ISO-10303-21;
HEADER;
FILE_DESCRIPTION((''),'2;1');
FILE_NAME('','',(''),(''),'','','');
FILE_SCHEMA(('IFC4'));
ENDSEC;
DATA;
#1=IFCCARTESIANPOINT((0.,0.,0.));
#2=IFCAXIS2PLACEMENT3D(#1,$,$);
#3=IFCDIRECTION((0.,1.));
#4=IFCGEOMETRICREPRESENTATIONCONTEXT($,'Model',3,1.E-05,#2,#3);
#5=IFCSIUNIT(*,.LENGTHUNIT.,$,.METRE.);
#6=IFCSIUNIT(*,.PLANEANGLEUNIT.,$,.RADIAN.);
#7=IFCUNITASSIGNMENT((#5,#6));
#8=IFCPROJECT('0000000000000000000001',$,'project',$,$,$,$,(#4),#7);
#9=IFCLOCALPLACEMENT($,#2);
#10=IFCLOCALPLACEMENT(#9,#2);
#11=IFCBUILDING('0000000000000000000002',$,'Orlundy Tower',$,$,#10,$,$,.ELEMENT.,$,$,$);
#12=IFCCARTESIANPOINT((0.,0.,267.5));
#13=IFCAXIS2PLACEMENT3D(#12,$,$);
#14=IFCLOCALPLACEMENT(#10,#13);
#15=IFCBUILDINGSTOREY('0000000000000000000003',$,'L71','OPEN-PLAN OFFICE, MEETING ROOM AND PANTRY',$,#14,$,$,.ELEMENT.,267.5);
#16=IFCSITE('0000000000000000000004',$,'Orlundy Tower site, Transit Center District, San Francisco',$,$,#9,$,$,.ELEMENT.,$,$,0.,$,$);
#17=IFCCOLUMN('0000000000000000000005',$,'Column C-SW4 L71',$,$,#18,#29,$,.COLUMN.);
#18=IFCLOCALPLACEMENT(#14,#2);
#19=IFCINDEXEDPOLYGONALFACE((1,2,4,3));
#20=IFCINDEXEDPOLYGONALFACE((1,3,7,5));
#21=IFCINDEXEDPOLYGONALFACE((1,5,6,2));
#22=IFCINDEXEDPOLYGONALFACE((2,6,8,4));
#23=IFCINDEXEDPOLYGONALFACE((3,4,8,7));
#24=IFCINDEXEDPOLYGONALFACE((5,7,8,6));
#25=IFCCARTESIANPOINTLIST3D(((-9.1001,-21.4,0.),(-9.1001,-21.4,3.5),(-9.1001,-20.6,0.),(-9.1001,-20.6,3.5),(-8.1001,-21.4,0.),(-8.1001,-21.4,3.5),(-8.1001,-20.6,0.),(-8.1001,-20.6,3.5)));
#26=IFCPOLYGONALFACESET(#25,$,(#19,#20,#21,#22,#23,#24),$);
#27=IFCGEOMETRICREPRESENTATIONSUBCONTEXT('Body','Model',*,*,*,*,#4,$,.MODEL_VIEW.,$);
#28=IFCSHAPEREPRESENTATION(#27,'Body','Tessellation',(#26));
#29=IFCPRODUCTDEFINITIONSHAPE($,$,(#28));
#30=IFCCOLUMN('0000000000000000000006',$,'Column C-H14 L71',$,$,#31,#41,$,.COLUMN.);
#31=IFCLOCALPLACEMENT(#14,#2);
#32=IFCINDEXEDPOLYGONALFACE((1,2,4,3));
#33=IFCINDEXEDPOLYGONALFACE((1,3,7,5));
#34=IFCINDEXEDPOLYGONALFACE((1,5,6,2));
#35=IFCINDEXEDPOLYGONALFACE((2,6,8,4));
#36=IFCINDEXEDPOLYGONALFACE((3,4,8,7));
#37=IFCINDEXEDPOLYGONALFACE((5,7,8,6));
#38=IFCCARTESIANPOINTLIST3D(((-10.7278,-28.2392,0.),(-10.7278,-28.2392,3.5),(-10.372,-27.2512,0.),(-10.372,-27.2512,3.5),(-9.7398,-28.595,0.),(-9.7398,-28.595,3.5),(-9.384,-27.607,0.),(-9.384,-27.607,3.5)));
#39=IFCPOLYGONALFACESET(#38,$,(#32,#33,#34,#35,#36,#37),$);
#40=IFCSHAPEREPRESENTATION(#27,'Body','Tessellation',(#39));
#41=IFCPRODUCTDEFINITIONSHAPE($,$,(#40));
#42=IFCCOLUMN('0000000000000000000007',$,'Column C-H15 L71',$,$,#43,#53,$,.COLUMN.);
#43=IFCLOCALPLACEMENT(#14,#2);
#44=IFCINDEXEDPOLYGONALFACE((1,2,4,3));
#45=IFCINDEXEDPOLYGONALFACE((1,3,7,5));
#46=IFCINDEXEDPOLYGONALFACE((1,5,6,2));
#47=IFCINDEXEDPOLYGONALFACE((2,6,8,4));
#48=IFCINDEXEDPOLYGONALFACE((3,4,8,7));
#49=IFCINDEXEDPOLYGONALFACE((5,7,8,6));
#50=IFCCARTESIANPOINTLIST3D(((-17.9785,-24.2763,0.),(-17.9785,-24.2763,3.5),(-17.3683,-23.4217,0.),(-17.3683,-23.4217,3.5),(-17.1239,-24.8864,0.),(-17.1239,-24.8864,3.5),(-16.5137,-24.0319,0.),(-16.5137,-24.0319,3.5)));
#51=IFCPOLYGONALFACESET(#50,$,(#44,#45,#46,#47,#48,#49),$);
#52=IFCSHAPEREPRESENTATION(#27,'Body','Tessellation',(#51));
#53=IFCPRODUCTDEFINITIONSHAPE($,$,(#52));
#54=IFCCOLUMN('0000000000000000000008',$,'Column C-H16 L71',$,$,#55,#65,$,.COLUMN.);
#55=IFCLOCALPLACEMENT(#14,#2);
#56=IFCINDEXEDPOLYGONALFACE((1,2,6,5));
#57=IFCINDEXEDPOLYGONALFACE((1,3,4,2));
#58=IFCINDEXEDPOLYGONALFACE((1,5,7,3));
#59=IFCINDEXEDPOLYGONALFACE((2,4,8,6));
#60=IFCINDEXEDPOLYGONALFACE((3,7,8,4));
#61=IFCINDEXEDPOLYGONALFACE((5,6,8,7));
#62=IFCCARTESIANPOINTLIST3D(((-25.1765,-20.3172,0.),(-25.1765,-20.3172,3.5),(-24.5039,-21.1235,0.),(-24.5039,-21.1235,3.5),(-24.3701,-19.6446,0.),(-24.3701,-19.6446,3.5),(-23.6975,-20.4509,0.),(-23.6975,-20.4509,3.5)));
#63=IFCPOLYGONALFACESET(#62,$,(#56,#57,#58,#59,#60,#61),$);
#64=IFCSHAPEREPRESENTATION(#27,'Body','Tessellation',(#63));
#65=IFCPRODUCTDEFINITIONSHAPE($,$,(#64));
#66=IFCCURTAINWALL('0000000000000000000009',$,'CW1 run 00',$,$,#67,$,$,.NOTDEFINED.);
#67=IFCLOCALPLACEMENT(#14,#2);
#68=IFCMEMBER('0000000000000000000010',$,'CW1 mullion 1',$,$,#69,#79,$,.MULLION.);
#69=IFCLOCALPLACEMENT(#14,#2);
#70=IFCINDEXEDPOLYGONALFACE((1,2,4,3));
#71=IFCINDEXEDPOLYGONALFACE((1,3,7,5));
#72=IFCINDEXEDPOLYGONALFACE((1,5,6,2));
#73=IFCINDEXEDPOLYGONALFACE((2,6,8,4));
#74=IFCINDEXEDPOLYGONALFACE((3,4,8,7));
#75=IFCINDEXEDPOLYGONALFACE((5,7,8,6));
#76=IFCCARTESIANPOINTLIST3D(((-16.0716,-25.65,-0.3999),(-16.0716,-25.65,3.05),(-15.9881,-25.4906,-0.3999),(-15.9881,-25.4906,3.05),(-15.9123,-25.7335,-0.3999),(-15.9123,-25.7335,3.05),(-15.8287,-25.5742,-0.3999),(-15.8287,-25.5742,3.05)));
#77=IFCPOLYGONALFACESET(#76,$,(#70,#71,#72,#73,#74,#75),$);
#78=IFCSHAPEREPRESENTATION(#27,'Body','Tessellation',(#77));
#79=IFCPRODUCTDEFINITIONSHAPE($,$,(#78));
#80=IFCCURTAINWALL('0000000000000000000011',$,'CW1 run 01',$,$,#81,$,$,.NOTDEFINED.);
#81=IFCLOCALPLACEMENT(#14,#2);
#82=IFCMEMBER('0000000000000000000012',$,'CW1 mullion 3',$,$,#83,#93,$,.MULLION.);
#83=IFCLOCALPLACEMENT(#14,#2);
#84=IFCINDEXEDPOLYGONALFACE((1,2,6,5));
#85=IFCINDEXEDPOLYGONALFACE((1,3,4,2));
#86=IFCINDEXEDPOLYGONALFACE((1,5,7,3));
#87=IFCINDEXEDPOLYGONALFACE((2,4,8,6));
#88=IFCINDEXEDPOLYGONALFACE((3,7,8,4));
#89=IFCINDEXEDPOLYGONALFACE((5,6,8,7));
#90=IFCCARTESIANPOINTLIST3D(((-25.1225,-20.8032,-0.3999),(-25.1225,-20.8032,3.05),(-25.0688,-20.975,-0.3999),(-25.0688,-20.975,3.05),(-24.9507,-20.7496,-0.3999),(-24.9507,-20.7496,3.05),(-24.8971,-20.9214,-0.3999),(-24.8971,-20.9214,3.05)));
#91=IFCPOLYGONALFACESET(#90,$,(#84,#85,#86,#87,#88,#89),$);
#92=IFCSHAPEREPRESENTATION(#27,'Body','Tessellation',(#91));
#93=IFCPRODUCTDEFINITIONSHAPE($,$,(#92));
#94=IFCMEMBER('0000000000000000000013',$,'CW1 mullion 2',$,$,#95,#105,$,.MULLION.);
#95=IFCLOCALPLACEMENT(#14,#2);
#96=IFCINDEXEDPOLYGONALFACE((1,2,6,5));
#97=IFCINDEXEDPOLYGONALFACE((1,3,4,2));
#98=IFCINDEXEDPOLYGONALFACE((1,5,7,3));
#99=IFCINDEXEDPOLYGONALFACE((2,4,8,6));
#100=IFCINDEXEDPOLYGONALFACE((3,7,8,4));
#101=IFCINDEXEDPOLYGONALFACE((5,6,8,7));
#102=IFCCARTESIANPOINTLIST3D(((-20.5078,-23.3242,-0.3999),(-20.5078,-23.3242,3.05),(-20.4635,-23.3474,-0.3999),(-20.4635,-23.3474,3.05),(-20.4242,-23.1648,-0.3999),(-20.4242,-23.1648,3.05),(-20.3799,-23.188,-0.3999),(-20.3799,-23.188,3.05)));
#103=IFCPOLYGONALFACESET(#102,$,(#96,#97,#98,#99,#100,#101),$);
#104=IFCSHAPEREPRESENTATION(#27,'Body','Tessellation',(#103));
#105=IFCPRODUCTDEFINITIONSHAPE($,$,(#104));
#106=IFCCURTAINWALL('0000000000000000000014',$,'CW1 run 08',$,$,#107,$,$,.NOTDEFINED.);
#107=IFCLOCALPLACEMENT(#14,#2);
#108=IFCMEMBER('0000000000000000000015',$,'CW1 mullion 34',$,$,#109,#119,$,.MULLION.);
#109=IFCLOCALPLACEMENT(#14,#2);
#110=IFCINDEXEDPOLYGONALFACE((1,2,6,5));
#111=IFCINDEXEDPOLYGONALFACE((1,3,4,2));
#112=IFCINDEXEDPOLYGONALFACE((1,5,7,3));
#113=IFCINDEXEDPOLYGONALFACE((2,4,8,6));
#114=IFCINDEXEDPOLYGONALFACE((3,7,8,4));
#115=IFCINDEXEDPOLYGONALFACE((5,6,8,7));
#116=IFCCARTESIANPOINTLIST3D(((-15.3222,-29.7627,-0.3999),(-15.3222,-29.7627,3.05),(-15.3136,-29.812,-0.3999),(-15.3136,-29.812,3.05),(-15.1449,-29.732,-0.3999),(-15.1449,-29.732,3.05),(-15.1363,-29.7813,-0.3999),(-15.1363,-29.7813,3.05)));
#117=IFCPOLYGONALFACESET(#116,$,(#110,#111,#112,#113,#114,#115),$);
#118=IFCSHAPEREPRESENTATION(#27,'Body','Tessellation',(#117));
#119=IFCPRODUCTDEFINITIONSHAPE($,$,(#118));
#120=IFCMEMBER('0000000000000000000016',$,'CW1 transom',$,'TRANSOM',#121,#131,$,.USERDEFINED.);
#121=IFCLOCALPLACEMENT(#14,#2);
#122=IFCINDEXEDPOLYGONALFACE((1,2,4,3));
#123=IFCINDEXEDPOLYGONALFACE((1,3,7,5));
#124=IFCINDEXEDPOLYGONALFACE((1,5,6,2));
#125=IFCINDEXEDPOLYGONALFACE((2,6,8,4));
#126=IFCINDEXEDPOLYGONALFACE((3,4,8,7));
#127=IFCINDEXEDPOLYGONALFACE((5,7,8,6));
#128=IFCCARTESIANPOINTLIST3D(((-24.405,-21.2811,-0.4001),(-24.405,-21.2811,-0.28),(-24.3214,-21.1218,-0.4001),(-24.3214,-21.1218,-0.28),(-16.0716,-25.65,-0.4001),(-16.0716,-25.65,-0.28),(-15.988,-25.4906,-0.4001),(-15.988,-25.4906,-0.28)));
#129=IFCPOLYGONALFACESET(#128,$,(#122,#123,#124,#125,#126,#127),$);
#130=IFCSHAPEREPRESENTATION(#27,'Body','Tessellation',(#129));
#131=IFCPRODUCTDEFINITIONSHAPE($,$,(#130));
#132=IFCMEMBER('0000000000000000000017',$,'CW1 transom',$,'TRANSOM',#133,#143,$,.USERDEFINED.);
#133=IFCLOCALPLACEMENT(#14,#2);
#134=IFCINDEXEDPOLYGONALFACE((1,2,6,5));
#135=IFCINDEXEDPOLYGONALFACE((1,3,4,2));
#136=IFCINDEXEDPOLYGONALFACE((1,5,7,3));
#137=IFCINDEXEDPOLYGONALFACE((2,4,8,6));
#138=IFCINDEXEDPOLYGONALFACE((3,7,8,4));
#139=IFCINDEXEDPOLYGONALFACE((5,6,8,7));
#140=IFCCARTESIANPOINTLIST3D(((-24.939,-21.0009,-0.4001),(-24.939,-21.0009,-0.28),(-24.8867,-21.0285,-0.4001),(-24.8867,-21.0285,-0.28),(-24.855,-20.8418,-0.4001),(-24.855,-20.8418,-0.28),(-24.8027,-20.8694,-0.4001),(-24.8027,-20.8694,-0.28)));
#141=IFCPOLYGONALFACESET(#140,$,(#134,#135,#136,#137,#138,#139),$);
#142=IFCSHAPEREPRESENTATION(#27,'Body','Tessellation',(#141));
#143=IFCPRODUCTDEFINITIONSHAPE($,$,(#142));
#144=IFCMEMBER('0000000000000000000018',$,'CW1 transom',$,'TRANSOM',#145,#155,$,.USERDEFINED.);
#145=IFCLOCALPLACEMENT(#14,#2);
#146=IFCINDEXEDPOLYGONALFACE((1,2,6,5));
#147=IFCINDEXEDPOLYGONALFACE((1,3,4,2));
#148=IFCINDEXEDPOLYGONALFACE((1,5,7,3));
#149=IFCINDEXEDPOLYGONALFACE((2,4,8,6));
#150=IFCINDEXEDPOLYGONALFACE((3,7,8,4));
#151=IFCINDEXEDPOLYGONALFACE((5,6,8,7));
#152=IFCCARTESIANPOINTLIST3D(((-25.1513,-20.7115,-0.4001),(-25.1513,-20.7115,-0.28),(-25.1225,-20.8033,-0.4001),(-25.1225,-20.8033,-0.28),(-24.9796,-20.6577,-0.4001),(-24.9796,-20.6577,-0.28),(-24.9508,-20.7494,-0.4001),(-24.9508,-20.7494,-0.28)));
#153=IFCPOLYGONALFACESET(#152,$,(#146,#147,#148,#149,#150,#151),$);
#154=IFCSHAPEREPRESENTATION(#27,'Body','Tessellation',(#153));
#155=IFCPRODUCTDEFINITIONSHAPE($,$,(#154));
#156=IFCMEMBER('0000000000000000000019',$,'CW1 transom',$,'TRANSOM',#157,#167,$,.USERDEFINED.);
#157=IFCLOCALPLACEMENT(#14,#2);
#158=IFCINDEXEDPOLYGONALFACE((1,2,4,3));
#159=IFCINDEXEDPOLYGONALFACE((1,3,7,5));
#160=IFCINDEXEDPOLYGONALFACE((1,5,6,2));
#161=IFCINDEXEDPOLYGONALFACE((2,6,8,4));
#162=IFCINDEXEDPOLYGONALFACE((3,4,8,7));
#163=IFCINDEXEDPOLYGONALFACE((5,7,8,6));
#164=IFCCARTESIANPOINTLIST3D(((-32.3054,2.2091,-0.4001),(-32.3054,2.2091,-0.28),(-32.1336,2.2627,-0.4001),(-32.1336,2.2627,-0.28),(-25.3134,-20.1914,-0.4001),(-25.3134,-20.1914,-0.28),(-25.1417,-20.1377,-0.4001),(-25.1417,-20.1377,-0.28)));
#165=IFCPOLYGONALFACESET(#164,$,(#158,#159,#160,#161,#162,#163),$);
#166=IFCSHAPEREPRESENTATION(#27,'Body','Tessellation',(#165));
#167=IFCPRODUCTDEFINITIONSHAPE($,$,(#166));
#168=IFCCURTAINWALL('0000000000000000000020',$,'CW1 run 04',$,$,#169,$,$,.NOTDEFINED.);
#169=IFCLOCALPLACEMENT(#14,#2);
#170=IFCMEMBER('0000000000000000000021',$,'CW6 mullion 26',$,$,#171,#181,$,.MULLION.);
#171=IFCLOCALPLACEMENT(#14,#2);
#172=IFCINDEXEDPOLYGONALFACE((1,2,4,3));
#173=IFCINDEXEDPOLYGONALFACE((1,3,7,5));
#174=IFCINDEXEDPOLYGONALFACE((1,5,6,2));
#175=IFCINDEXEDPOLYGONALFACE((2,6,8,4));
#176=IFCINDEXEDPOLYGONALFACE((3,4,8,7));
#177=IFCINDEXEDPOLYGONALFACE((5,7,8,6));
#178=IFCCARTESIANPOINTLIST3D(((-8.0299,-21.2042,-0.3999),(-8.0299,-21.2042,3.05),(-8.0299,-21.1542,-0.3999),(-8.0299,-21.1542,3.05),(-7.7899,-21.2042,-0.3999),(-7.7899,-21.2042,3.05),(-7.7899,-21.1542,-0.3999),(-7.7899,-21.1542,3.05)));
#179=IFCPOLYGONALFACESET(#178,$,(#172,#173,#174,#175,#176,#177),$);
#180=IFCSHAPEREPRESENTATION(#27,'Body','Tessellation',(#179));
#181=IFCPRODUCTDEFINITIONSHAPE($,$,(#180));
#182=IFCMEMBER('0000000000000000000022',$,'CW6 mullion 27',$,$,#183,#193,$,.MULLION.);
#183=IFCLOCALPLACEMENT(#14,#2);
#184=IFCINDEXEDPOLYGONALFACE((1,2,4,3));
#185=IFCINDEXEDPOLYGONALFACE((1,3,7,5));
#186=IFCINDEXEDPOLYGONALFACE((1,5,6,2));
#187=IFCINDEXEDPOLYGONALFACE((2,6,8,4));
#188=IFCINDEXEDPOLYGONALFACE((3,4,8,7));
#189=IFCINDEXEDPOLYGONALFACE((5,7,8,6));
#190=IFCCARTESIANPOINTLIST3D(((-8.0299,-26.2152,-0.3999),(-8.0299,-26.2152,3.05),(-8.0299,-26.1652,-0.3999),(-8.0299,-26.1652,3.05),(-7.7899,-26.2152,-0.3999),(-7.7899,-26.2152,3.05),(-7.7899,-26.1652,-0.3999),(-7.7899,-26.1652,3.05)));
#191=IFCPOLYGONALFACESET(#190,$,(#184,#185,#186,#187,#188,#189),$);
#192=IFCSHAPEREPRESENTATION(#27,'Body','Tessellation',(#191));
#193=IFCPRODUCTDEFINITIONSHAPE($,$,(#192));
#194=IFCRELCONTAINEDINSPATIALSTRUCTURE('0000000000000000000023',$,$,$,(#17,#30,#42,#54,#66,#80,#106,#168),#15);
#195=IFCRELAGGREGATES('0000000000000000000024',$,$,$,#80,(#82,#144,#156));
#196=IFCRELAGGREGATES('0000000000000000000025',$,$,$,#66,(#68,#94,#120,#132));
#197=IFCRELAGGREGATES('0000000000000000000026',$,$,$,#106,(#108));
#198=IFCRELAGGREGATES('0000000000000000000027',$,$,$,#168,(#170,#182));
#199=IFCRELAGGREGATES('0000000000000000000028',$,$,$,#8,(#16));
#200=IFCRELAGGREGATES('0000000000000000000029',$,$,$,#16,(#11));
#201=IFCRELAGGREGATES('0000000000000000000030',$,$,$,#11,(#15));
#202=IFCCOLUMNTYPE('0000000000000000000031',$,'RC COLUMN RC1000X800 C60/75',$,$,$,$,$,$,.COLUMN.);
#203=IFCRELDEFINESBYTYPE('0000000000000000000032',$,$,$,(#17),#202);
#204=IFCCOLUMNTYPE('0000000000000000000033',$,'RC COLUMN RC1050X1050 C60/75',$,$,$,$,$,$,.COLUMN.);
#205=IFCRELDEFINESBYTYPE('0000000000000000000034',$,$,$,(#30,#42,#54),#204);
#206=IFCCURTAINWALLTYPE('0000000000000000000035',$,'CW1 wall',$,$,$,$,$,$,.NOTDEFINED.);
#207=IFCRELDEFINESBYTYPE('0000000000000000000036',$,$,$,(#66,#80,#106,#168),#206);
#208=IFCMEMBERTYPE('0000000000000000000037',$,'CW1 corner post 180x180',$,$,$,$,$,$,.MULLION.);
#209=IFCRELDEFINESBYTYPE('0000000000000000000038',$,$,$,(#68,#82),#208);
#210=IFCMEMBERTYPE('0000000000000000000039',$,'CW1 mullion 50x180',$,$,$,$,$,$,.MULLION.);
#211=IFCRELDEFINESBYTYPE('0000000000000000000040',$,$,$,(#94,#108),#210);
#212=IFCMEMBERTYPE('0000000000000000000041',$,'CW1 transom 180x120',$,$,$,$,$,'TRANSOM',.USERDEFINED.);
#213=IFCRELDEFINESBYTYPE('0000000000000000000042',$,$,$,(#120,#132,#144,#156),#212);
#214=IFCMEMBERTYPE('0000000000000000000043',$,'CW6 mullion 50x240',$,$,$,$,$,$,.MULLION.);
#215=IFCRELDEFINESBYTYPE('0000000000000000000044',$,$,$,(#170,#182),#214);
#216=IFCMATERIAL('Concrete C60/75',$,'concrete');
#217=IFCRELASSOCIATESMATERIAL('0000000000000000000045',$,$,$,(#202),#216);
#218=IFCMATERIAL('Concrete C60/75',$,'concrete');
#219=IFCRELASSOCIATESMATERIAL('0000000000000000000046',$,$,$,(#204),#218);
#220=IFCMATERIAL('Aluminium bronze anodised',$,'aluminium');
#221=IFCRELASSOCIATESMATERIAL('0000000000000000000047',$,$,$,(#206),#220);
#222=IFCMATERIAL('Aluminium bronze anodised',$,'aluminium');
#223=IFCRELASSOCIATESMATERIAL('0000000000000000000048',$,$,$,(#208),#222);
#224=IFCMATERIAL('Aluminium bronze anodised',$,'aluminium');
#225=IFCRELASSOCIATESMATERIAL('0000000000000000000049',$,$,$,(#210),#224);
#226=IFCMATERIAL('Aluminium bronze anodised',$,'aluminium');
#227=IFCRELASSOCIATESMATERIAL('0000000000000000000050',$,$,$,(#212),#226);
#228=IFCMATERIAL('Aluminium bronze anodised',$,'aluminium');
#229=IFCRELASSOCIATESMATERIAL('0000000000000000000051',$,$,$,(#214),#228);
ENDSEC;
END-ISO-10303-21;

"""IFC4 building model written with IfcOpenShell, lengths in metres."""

from ifc_helpers import new_model, si_unit, direction, frame, origin, origin_2d, place, context, subcontext, project, spatial, rectangle, extrude, material, material_profile, profile_set, type_object, element, aggregate, save


model = new_model("IFC4")

# Units and contexts
model_context = context("Model", 3, precision=1e-05, world=origin(), true_north=direction((0.0, 1.0)))
body_context = subcontext(model_context, "Body", "Model", "MODEL_VIEW")
ifc_project = project(units=[si_unit("LENGTHUNIT", "METRE"), si_unit("PLANEANGLEUNIT", "RADIAN")], contexts=[model_context])

# Site, building, storey
site_placement = place(None, origin())
site = spatial("IfcSite", under=ifc_project, at=site_placement, Name="Orlundy Tower site, Transit Center District, San Francisco", CompositionType="ELEMENT", RefElevation=0.0)
building_placement = place(site_placement, origin())
building = spatial("IfcBuilding", under=site, at=building_placement, Name="Orlundy Tower", CompositionType="ELEMENT")
storey_placement = place(building_placement, frame((0.0, 0.0, 267.5)))
storey = spatial("IfcBuildingStorey", under=building, at=storey_placement, Name="L71", Description="OPEN-PLAN OFFICE, MEETING ROOM AND PANTRY", CompositionType="ELEMENT", Elevation=267.5)

# Columns
ifc_material_1 = material(Name="Concrete C60/75", Category="concrete")
ifc_material_profile_1 = material_profile(ifc_material_1, rectangle(XDim=1.0, YDim=0.8, at=origin_2d()), Name="RC1000X800")
ifc_profile_set_1 = profile_set([ifc_material_profile_1], Name="Concrete C60/75")
column_type_1 = type_object("IfcColumnType", Name="RC COLUMN RC1000X800 C60/75", PredefinedType="COLUMN", material=ifc_profile_set_1)
column_placement = place(storey_placement, frame((-8.6001, -21.0, 0.0), z_axis=(0.0, 0.0, 1.0), x_axis=(1.0, 0.0, 0.0)))
element("IfcColumn", 1, at=column_placement, inside=storey, type_object=column_type_1, Name="Column C-SW4 L71", PredefinedType="COLUMN", context=body_context, shape_type="SweptSolid", body=[
    extrude(rectangle(XDim=1.0, YDim=0.8, at=origin_2d()), origin(), (0.0, 0.0, 1.0), 3.5),
])
ifc_material_2 = material(Name="Concrete C60/75", Category="concrete")
ifc_material_profile_2 = material_profile(ifc_material_2, rectangle(XDim=1.05, YDim=1.05, at=origin_2d()), Name="RC1050X1050")
ifc_profile_set_2 = profile_set([ifc_material_profile_2], Name="Concrete C60/75")
column_type_2 = type_object("IfcColumnType", Name="RC COLUMN RC1050X1050 C60/75", PredefinedType="COLUMN", material=ifc_profile_set_2)
for number, where, z_axis, x_axis, name in (
    (2, (-10.0559, -27.9231, 0.0), (0.0, 0.0, 1.0), (-0.338836, -0.940845, 0.0), "Column C-H14 L71"),
    (3, (-17.2461, -24.1541, 0.0), (0.0, 0.0, 1.0), (-0.581087, -0.813842, 0.0), "Column C-H15 L71"),
    (4, (-24.437, -20.384, 0.0), (0.0, 0.0, 1.0), (-0.767915, -0.640552, 0.0), "Column C-H16 L71"),
):
    element("IfcColumn", number, at=place(storey_placement, frame(where, z_axis=z_axis, x_axis=x_axis)), inside=storey, type_object=column_type_2, Name=name, PredefinedType="COLUMN", context=body_context, shape_type="SweptSolid", body=[
        extrude(rectangle(XDim=1.05, YDim=1.05, at=origin_2d()), origin(), (0.0, 0.0, 1.0), 3.5),
    ])

# Curtain walls, members
ifc_material_3 = material(Name="Aluminium bronze anodised", Category="aluminium")
curtain_wall_type = type_object("IfcCurtainWallType", Name="CW1 wall", PredefinedType="NOTDEFINED", material=ifc_material_3)
curtain_wall_1_placement = place(storey_placement, origin())
curtain_wall_1 = element("IfcCurtainWall", 5, at=curtain_wall_1_placement, inside=storey, type_object=curtain_wall_type, Name="CW1 run 00", PredefinedType="NOTDEFINED")
ifc_material_4 = material(Name="Aluminium bronze anodised", Category="aluminium")
ifc_material_profile_3 = material_profile(ifc_material_4, rectangle(XDim=0.1799, YDim=0.1799, at=origin_2d()), Name="CW1 corner post 180x180")
ifc_profile_set_3 = profile_set([ifc_material_profile_3], Name="Aluminium bronze anodised")
member_type_1 = type_object("IfcMemberType", Name="CW1 corner post 180x180", PredefinedType="MULLION", material=ifc_profile_set_3)
member_1_placement = place(storey_placement, frame((-15.9502, -25.6121, -0.3999), z_axis=(0.0, 0.0, 1.0), x_axis=(-0.464325, -0.885665, 0.0)))
member_1 = element("IfcMember", 6, at=member_1_placement, type_object=member_type_1, Name="CW1 mullion 1", PredefinedType="MULLION", context=body_context, shape_type="SweptSolid", body=[
    extrude(rectangle(XDim=0.1799, YDim=0.1799, at=origin_2d()), origin(), (0.0, 0.0, 1.0), 3.45),
])
curtain_wall_2_placement = place(storey_placement, origin())
curtain_wall_2 = element("IfcCurtainWall", 7, at=curtain_wall_2_placement, inside=storey, type_object=curtain_wall_type, Name="CW1 run 01", PredefinedType="NOTDEFINED")
member_2_placement = place(storey_placement, frame((-25.0098, -20.8623, -0.3999), z_axis=(0.0, 0.0, 1.0), x_axis=(-0.95458, -0.297954, 0.0)))
member_2 = element("IfcMember", 8, at=member_2_placement, type_object=member_type_1, Name="CW1 mullion 3", PredefinedType="MULLION", context=body_context, shape_type="SweptSolid", body=[
    extrude(rectangle(XDim=0.1799, YDim=0.1799, at=origin_2d()), origin(), (0.0, 0.0, 1.0), 3.45),
])

# Member
ifc_material_5 = material(Name="Aluminium bronze anodised", Category="aluminium")
ifc_material_profile_4 = material_profile(ifc_material_5, rectangle(XDim=0.1799, YDim=0.05, at=origin_2d()), Name="CW1 mullion 50x180")
ifc_profile_set_4 = profile_set([ifc_material_profile_4], Name="Aluminium bronze anodised")
member_type_2 = type_object("IfcMemberType", Name="CW1 mullion 50x180", PredefinedType="MULLION", material=ifc_profile_set_4)
member_3_placement = place(storey_placement, frame((-20.4438, -23.2561, -0.3999), z_axis=(0.0, 0.0, 1.0), x_axis=(-0.464325, -0.885665, 0.0)))
member_3 = element("IfcMember", 9, at=member_3_placement, type_object=member_type_2, Name="CW1 mullion 2", PredefinedType="MULLION", context=body_context, shape_type="SweptSolid", body=[
    extrude(rectangle(XDim=0.1799, YDim=0.05, at=origin_2d()), origin(), (0.0, 0.0, 1.0), 3.45),
])

# Curtain wall, member
curtain_wall_3_placement = place(storey_placement, origin())
curtain_wall_3 = element("IfcCurtainWall", 10, at=curtain_wall_3_placement, inside=storey, type_object=curtain_wall_type, Name="CW1 run 08", PredefinedType="NOTDEFINED")
member_4_placement = place(storey_placement, frame((-15.2292, -29.772, -0.3999), z_axis=(0.0, 0.0, 1.0), x_axis=(-0.985312, -0.170762, 0.0)))
member_4 = element("IfcMember", 11, at=member_4_placement, type_object=member_type_2, Name="CW1 mullion 34", PredefinedType="MULLION", context=body_context, shape_type="SweptSolid", body=[
    extrude(rectangle(XDim=0.1799, YDim=0.05, at=origin_2d()), origin(), (0.0, 0.0, 1.0), 3.45),
])

# Members
ifc_material_6 = material(Name="Aluminium bronze anodised", Category="aluminium")
ifc_material_profile_5 = material_profile(ifc_material_6, rectangle(XDim=0.1799, YDim=0.1201, at=origin_2d()), Name="CW1 transom 180x120")
ifc_profile_set_5 = profile_set([ifc_material_profile_5], Name="Aluminium bronze anodised")
member_type_3 = type_object("IfcMemberType", Name="CW1 transom 180x120", ElementType="TRANSOM", PredefinedType="USERDEFINED", material=ifc_profile_set_5)
member_5_placement = place(storey_placement, frame((-16.0298, -25.5703, -0.3401), z_axis=(-0.885668, 0.464318, 0.0), x_axis=(-0.464318, -0.885668, 0.0)))
member_5 = element("IfcMember", 12, at=member_5_placement, type_object=member_type_3, Name="CW1 transom", ObjectType="TRANSOM", PredefinedType="USERDEFINED", context=body_context, shape_type="SweptSolid", body=[
    extrude(rectangle(XDim=0.1799, YDim=0.1201, at=origin_2d()), origin(), (0.0, 0.0, 1.0), 9.4092),
])
member_6_placement = place(storey_placement, frame((-24.8447, -20.949, -0.3401), z_axis=(-0.88429, 0.466938, 0.0), x_axis=(-0.466938, -0.88429, 0.0)))
member_6 = element("IfcMember", 13, at=member_6_placement, type_object=member_type_3, Name="CW1 transom", ObjectType="TRANSOM", PredefinedType="USERDEFINED", context=body_context, shape_type="SweptSolid", body=[
    extrude(rectangle(XDim=0.1799, YDim=0.1201, at=origin_2d()), origin(), (0.0, 0.0, 1.0), 0.0591),
])
member_7_placement = place(storey_placement, frame((-25.0366, -20.7764, -0.3401), z_axis=(-0.299431, 0.954118, 0.0), x_axis=(-0.954118, -0.299431, 0.0)))
member_7 = element("IfcMember", 14, at=member_7_placement, type_object=member_type_3, Name="CW1 transom", ObjectType="TRANSOM", PredefinedType="USERDEFINED", context=body_context, shape_type="SweptSolid", body=[
    extrude(rectangle(XDim=0.1799, YDim=0.1201, at=origin_2d()), origin(), (0.0, 0.0, 1.0), 0.0962),
])
member_8_placement = place(storey_placement, frame((-25.2275, -20.1646, -0.3401), z_axis=(-0.297957, 0.954579, 0.0), x_axis=(-0.954579, -0.297957, 0.0)))
member_8 = element("IfcMember", 15, at=member_8_placement, type_object=member_type_3, Name="CW1 transom", ObjectType="TRANSOM", PredefinedType="USERDEFINED", context=body_context, shape_type="SweptSolid", body=[
    extrude(rectangle(XDim=0.1799, YDim=0.1201, at=origin_2d()), origin(), (0.0, 0.0, 1.0), 23.4663),
])
aggregate(curtain_wall_2, [member_2, member_7, member_8])

# Curtain wall, members
curtain_wall_4_placement = place(storey_placement, origin())
curtain_wall_4 = element("IfcCurtainWall", 16, at=curtain_wall_4_placement, inside=storey, type_object=curtain_wall_type, Name="CW1 run 04", PredefinedType="NOTDEFINED")
ifc_material_7 = material(Name="Aluminium bronze anodised", Category="aluminium")
ifc_material_profile_6 = material_profile(ifc_material_7, rectangle(XDim=0.24, YDim=0.05, at=origin_2d()), Name="CW6 mullion 50x240")
ifc_profile_set_6 = profile_set([ifc_material_profile_6], Name="Aluminium bronze anodised")
member_type_4 = type_object("IfcMemberType", Name="CW6 mullion 50x240", PredefinedType="MULLION", material=ifc_profile_set_6)
member_9_placement = place(storey_placement, frame((-7.9099, -21.1792, -0.3999), z_axis=(0.0, 0.0, 1.0), x_axis=(1.0, 0.0, 0.0)))
member_9 = element("IfcMember", 17, at=member_9_placement, type_object=member_type_4, Name="CW6 mullion 26", PredefinedType="MULLION", context=body_context, shape_type="SweptSolid", body=[
    extrude(rectangle(XDim=0.24, YDim=0.05, at=origin_2d()), origin(), (0.0, 0.0, 1.0), 3.45),
])
member_10_placement = place(storey_placement, frame((-7.9099, -26.1902, -0.3999), z_axis=(0.0, 0.0, 1.0), x_axis=(1.0, 0.0, 0.0)))
member_10 = element("IfcMember", 18, at=member_10_placement, type_object=member_type_4, Name="CW6 mullion 27", PredefinedType="MULLION", context=body_context, shape_type="SweptSolid", body=[
    extrude(rectangle(XDim=0.24, YDim=0.05, at=origin_2d()), origin(), (0.0, 0.0, 1.0), 3.45),
])

aggregate(curtain_wall_1, [member_1, member_3, member_5, member_6])
aggregate(curtain_wall_3, [member_4])
aggregate(curtain_wall_4, [member_9, member_10])

save(model, "model.ifc")
